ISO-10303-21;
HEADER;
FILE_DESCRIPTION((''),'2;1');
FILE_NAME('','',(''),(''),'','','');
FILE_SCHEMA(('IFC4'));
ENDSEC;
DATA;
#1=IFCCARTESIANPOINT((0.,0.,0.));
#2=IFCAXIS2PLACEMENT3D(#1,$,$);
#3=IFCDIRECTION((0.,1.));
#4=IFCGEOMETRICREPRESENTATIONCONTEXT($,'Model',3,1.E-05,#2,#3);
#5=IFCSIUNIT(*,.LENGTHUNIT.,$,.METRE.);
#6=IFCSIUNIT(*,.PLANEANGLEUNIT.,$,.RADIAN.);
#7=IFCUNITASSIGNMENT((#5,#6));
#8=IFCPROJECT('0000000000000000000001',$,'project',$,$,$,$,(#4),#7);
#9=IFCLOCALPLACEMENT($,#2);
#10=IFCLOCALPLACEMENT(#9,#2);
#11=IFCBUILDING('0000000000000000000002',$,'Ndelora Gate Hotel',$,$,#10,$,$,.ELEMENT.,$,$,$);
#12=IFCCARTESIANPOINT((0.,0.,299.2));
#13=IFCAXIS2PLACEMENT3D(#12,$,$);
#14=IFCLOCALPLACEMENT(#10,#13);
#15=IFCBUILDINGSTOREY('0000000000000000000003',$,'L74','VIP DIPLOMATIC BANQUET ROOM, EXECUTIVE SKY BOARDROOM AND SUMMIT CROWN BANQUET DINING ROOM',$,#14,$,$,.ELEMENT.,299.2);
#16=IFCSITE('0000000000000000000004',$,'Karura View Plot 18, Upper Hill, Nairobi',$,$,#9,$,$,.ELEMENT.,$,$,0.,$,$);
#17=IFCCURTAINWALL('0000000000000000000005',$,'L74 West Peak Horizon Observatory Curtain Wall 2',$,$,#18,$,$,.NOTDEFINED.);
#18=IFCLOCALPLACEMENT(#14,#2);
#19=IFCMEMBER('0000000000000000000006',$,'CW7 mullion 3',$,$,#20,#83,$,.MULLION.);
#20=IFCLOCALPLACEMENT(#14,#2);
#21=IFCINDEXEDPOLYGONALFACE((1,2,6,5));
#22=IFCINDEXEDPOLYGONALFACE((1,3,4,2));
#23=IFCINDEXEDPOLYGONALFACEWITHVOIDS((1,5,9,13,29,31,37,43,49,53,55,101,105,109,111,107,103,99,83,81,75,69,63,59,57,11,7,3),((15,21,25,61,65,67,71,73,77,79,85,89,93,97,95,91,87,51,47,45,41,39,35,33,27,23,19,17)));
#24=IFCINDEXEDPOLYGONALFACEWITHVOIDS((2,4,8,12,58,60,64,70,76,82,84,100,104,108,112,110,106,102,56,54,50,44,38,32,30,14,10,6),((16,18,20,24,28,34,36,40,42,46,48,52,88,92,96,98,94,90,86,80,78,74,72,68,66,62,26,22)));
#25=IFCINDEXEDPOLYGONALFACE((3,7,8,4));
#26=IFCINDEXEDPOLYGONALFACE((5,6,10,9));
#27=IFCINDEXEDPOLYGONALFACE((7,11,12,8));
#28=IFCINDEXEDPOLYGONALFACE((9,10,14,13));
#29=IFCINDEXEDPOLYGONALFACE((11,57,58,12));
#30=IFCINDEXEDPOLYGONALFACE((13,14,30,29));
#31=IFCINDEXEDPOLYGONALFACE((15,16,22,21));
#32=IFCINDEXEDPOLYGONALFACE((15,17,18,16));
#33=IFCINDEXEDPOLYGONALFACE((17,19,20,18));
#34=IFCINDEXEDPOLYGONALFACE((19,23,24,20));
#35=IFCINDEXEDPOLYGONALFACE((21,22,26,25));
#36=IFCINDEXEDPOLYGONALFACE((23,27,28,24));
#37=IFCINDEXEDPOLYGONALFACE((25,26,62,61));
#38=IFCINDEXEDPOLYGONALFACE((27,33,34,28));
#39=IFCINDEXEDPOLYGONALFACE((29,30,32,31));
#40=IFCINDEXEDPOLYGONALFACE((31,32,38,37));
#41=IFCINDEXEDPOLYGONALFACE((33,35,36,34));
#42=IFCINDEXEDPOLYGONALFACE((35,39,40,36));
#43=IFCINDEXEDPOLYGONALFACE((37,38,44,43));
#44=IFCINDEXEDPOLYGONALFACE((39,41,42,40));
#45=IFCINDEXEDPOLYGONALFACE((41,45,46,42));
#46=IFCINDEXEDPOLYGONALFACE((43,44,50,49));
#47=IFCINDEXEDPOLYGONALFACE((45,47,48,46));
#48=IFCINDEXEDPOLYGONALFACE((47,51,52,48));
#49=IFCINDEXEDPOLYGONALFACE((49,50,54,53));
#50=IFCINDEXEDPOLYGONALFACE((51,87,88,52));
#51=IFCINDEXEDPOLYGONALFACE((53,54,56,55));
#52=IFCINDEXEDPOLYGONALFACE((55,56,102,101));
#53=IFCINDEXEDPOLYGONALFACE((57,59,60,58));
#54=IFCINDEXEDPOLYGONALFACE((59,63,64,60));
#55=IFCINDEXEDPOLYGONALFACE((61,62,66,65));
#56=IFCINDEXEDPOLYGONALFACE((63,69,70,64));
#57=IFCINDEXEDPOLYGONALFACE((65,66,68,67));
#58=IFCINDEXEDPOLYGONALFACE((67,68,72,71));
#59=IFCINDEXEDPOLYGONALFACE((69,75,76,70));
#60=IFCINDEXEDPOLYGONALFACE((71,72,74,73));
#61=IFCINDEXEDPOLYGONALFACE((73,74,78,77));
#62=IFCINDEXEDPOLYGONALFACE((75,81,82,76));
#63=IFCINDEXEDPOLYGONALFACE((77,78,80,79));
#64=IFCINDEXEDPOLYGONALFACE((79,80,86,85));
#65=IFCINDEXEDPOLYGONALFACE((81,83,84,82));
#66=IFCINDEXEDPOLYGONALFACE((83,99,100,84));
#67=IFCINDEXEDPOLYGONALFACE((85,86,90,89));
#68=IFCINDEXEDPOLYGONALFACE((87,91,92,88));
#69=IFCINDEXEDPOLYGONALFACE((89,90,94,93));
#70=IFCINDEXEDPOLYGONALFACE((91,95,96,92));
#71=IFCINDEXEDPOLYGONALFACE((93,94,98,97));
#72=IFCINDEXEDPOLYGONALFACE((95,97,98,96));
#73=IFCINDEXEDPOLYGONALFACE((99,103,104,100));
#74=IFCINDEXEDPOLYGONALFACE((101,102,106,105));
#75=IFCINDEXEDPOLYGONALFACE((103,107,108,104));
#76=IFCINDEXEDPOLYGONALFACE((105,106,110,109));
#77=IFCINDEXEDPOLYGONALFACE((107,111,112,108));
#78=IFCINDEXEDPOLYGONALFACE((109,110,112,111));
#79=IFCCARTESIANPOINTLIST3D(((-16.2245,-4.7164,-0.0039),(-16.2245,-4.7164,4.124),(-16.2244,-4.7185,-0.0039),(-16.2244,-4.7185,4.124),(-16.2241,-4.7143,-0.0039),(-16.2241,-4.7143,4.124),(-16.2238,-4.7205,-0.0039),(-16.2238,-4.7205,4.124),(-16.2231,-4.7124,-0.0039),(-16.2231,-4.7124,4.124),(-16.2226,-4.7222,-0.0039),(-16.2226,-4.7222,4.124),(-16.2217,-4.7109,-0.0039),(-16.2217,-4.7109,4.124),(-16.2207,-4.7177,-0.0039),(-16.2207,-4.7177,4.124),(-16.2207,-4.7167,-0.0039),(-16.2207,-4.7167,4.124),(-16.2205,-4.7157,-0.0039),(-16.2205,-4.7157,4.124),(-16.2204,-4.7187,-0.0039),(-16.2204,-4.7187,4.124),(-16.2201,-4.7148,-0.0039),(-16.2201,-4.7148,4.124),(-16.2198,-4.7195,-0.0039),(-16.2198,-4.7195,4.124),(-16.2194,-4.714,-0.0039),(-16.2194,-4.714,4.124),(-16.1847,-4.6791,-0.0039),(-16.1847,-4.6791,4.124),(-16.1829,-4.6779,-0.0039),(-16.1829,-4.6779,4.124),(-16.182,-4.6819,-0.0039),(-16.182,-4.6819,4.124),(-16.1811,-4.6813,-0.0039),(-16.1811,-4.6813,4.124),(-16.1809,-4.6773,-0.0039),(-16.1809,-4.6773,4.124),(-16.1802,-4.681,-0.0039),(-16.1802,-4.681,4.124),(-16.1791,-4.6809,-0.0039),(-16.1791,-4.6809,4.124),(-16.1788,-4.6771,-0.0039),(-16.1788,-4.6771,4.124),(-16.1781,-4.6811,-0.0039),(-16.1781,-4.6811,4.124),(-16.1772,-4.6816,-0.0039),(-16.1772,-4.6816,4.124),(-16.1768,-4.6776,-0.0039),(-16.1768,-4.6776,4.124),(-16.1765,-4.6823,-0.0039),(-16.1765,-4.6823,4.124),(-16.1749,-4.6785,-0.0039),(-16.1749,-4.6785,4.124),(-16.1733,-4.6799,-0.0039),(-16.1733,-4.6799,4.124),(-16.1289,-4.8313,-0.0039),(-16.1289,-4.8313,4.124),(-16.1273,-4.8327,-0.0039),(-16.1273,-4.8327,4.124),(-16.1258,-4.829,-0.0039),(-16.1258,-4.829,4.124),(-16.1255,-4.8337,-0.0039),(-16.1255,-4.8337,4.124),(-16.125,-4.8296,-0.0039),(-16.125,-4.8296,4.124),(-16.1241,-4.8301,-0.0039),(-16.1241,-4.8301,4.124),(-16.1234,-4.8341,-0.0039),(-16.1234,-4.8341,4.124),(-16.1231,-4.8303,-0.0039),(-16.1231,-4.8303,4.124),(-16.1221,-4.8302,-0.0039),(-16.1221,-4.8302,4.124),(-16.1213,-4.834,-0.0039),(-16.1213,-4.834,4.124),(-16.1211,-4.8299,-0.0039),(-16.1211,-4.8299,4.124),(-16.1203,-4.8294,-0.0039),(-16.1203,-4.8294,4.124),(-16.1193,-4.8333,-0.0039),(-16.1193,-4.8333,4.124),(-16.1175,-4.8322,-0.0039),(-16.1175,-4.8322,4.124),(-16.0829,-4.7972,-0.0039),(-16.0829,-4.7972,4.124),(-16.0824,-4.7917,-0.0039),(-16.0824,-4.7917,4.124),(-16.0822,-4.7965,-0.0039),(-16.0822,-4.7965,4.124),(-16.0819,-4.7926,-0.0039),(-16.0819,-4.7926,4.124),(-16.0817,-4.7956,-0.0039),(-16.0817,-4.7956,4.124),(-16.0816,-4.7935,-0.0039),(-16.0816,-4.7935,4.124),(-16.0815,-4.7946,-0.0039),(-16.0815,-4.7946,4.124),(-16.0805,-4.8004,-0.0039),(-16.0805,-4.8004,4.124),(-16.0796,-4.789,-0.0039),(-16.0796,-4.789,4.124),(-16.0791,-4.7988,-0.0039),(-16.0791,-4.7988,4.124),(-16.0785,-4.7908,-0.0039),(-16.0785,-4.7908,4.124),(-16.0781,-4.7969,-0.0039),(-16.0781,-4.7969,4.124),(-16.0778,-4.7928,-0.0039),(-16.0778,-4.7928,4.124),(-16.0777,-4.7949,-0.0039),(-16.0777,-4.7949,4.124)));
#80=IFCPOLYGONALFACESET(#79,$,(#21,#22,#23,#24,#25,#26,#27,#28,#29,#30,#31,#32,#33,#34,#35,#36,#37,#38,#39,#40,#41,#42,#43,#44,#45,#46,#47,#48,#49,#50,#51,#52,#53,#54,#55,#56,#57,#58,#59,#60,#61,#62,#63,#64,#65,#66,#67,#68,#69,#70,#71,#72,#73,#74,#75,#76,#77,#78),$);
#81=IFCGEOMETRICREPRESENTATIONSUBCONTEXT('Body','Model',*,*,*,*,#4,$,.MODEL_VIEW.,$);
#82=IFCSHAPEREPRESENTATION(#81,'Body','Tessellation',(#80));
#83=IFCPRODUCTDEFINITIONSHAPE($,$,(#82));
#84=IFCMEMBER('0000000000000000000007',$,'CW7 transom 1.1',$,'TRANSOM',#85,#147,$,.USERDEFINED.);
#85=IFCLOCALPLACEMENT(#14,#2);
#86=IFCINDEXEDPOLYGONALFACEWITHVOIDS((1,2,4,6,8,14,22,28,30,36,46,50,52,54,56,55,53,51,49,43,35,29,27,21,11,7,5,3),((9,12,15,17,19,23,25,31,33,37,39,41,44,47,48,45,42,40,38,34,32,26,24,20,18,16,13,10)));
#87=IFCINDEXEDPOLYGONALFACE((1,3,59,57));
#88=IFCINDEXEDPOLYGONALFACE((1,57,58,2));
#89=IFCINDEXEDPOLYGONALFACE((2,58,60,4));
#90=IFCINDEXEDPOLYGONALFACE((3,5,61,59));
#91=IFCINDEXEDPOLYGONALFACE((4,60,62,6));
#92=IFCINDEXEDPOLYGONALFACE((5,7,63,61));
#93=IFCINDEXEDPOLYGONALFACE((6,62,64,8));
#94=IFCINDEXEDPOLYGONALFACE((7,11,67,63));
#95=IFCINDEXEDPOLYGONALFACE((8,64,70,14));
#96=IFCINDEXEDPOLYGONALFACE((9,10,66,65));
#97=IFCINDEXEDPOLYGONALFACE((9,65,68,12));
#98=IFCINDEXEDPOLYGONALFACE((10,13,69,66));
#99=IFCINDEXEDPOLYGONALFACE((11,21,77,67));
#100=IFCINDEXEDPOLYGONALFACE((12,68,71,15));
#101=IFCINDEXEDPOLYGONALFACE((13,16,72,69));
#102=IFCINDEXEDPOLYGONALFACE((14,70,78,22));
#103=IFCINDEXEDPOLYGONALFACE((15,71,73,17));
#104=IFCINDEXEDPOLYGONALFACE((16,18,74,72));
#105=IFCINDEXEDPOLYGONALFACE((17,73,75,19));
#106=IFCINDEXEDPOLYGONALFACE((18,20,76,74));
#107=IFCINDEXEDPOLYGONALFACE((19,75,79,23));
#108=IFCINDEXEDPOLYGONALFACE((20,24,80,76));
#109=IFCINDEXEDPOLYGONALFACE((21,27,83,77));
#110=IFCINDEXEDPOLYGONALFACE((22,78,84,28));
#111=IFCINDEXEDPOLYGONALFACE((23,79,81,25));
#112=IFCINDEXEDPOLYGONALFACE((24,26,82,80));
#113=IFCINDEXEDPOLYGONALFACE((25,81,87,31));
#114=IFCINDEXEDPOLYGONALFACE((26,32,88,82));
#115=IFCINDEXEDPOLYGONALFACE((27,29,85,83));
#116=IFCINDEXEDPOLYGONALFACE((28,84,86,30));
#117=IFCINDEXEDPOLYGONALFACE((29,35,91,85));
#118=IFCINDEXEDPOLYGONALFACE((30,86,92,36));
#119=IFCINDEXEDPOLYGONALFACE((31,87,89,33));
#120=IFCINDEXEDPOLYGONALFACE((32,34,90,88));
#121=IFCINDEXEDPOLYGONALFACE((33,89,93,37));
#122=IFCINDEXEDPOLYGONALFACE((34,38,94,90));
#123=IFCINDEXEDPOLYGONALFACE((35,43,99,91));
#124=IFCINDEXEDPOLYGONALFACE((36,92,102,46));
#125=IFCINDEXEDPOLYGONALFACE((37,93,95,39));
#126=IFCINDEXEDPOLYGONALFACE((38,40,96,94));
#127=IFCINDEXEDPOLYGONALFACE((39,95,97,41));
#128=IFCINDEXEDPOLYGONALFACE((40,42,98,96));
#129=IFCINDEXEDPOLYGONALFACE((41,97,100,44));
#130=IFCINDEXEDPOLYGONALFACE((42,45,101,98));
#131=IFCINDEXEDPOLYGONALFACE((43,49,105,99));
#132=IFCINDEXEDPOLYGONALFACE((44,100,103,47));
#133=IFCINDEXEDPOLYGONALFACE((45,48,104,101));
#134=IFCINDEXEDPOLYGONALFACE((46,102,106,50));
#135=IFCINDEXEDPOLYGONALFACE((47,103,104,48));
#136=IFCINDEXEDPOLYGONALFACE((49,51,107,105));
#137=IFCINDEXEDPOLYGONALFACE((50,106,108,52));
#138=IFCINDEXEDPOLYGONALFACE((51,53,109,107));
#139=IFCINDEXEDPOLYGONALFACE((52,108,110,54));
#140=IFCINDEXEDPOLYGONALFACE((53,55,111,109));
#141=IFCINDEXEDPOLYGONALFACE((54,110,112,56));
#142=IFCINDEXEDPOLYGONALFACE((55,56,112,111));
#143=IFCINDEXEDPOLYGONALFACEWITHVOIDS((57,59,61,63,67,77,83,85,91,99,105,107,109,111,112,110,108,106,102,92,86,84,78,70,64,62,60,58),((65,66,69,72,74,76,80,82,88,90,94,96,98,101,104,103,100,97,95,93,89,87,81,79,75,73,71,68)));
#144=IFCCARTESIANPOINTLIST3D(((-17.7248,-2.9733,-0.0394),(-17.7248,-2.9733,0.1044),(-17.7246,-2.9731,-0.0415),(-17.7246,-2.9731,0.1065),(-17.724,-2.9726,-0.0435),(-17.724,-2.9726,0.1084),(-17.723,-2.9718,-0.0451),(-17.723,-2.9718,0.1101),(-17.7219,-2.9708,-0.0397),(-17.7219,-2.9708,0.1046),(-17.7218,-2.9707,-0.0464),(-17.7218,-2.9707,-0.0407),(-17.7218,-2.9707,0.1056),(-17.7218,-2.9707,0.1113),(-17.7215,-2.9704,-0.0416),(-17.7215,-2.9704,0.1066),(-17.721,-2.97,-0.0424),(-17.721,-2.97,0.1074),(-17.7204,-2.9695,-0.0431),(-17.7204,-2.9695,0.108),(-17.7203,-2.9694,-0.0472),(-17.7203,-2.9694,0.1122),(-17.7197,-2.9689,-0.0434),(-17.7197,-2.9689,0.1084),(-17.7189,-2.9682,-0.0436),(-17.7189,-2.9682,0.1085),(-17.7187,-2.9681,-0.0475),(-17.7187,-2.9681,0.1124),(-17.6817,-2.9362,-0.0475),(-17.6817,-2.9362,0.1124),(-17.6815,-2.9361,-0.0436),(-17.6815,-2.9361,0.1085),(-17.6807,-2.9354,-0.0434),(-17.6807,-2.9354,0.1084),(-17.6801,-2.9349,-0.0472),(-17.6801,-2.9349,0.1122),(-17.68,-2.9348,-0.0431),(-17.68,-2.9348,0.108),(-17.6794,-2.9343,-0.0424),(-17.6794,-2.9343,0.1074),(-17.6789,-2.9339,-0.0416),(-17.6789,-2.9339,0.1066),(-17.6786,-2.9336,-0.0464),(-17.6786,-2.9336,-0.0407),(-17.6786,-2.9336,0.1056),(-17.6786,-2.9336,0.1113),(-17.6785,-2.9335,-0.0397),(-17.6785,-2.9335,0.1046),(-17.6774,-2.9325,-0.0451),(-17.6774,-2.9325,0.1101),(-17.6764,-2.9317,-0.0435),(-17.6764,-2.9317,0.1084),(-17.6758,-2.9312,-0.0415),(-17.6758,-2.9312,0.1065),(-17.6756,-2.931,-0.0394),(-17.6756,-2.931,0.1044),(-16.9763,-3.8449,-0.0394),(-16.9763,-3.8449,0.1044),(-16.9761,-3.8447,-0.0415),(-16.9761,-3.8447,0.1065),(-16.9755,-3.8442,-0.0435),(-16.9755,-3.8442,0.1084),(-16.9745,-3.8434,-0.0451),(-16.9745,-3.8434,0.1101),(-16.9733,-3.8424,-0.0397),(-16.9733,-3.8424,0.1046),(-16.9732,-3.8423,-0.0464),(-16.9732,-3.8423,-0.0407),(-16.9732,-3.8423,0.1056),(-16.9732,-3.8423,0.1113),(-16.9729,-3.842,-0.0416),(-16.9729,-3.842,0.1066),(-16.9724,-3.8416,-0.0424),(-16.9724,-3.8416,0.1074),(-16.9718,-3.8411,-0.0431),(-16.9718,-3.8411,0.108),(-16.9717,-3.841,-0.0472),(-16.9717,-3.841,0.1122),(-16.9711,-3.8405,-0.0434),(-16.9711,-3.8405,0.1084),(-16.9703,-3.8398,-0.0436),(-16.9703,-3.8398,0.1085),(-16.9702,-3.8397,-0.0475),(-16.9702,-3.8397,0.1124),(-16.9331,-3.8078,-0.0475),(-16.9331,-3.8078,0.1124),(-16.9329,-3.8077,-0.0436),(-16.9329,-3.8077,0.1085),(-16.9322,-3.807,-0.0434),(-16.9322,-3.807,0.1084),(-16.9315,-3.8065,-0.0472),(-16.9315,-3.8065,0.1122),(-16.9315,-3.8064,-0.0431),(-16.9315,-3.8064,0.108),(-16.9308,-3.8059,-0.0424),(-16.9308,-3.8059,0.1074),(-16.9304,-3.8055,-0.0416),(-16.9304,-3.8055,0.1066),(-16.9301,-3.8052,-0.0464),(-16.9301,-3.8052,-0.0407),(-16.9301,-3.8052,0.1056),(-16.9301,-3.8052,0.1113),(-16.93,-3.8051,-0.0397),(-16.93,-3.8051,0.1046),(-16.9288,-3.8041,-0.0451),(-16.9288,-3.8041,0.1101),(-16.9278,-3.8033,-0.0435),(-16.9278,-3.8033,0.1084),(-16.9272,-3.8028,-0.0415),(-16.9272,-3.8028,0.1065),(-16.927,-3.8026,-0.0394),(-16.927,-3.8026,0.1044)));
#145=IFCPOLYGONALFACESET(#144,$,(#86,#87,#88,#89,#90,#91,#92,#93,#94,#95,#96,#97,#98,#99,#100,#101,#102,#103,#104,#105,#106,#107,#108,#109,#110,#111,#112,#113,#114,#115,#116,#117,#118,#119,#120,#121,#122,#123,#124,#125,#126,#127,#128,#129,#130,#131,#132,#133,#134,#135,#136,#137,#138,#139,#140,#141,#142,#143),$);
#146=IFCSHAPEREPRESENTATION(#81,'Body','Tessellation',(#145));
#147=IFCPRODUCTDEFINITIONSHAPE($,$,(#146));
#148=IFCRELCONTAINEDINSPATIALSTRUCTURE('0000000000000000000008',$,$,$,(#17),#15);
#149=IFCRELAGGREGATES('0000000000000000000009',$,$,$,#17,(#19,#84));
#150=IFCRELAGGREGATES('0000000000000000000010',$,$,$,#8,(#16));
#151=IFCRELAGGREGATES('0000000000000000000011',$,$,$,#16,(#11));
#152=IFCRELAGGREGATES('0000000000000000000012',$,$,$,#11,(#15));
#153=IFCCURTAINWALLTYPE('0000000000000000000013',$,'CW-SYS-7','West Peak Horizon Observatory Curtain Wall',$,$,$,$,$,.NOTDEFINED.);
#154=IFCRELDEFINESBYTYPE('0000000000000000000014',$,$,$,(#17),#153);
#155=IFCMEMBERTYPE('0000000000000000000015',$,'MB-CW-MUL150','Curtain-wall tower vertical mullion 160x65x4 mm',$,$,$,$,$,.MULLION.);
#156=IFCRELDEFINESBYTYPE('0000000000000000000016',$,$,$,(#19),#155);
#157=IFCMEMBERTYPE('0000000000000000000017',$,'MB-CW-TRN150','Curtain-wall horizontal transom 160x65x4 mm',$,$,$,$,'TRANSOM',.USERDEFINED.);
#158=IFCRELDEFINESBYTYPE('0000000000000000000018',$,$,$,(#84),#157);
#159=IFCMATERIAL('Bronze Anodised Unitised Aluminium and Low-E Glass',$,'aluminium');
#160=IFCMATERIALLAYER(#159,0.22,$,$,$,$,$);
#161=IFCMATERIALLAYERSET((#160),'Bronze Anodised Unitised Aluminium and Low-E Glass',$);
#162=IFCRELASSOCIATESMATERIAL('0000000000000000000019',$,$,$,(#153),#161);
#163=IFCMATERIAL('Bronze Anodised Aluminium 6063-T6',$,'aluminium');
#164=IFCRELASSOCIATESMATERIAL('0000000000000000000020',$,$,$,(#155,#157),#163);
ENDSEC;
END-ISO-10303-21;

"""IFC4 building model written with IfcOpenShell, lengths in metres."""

from ifc_helpers import new_model, si_unit, direction, frame, origin, origin_2d, place, context, subcontext, project, spatial, hollow_rectangle, extrude, material, layer, layer_set, material_profile, profile_set, type_object, element, aggregate, save


model = new_model("IFC4")

# Units and contexts
model_context = context("Model", 3, precision=1e-05, world=origin(), true_north=direction((0.0, 1.0)))
body_context = subcontext(model_context, "Body", "Model", "MODEL_VIEW")
ifc_project = project(units=[si_unit("LENGTHUNIT", "METRE"), si_unit("PLANEANGLEUNIT", "RADIAN")], contexts=[model_context])

# Site, building, storey
site_placement = place(None, origin())
site = spatial("IfcSite", under=ifc_project, at=site_placement, Name="Karura View Plot 18, Upper Hill, Nairobi", CompositionType="ELEMENT", RefElevation=0.0)
building_placement = place(site_placement, origin())
building = spatial("IfcBuilding", under=site, at=building_placement, Name="Ndelora Gate Hotel", CompositionType="ELEMENT")
storey_placement = place(building_placement, frame((0.0, 0.0, 299.2)))
storey = spatial("IfcBuildingStorey", under=building, at=storey_placement, Name="L74", Description="VIP DIPLOMATIC BANQUET ROOM, EXECUTIVE SKY BOARDROOM AND SUMMIT CROWN BANQUET DINING ROOM", CompositionType="ELEMENT", Elevation=299.2)

# Curtain wall, members
ifc_material_1 = material(Name="Bronze Anodised Unitised Aluminium and Low-E Glass", Category="aluminium")
ifc_layer_1 = layer(ifc_material_1, 0.22)
ifc_layer_set_1 = layer_set([ifc_layer_1], Name="Bronze Anodised Unitised Aluminium and Low-E Glass")
curtain_wall_type = type_object("IfcCurtainWallType", Name="CW-SYS-7", Description="West Peak Horizon Observatory Curtain Wall", PredefinedType="NOTDEFINED", material=ifc_layer_set_1)
curtain_wall_placement = place(storey_placement, origin())
curtain_wall = element("IfcCurtainWall", 1, at=curtain_wall_placement, inside=storey, type_object=curtain_wall_type, Name="L74 West Peak Horizon Observatory Curtain Wall 2", PredefinedType="NOTDEFINED")
ifc_material_2 = material(Name="Bronze Anodised Aluminium 6063-T6", Category="aluminium")
ifc_material_profile_1 = material_profile(ifc_material_2, hollow_rectangle(XDim=0.0649, YDim=0.1599, WallThickness=0.0039, InnerFilletRadius=0.0039, OuterFilletRadius=0.0081, at=origin_2d()), Name="ALU 160x65x4")
ifc_profile_set_1 = profile_set([ifc_material_profile_1], Name="Bronze Anodised Aluminium 6063-T6")
member_type_1 = type_object("IfcMemberType", Name="MB-CW-MUL150", Description="Curtain-wall tower vertical mullion 160x65x4 mm", PredefinedType="MULLION", material=ifc_profile_set_1)
member_1_placement = place(storey_placement, frame((-16.1511, -4.7556, -0.0039), z_axis=(0.0, 0.0, 1.0), x_axis=(0.75853, 0.651638, 0.0)))
member_1 = element("IfcMember", 2, at=member_1_placement, type_object=member_type_1, Name="CW7 mullion 3", PredefinedType="MULLION", context=body_context, shape_type="SweptSolid", body=[
    extrude(hollow_rectangle(XDim=0.0649, YDim=0.1599, WallThickness=0.0039, InnerFilletRadius=0.0039, OuterFilletRadius=0.0081, at=origin_2d()), origin(), (0.0, 0.0, 1.0), 4.1279),
])
ifc_material_profile_2 = material_profile(ifc_material_2, hollow_rectangle(XDim=0.0649, YDim=0.1599, WallThickness=0.0039, InnerFilletRadius=0.0039, OuterFilletRadius=0.0081, at=origin_2d()), Name="ALU 160x65x4")
ifc_profile_set_2 = profile_set([ifc_material_profile_2], Name="Bronze Anodised Aluminium 6063-T6")
member_type_2 = type_object("IfcMemberType", Name="MB-CW-TRN150", Description="Curtain-wall horizontal transom 160x65x4 mm", ElementType="TRANSOM", PredefinedType="USERDEFINED", material=ifc_profile_set_2)
member_2_placement = place(storey_placement, frame((-17.7002, -2.9521, 0.0325), z_axis=(0.651526, -0.758626, 0.0), x_axis=(0.758626, 0.651526, 0.0)))
member_2 = element("IfcMember", 3, at=member_2_placement, type_object=member_type_2, Name="CW7 transom 1.1", ObjectType="TRANSOM", PredefinedType="USERDEFINED", context=body_context, shape_type="SweptSolid", body=[
    extrude(hollow_rectangle(XDim=0.0649, YDim=0.1599, WallThickness=0.0039, InnerFilletRadius=0.0039, OuterFilletRadius=0.0081, at=origin_2d()), origin(), (0.0, 0.0, 1.0), 1.1489),
])
aggregate(curtain_wall, [member_1, member_2])

save(model, "model.ifc")
